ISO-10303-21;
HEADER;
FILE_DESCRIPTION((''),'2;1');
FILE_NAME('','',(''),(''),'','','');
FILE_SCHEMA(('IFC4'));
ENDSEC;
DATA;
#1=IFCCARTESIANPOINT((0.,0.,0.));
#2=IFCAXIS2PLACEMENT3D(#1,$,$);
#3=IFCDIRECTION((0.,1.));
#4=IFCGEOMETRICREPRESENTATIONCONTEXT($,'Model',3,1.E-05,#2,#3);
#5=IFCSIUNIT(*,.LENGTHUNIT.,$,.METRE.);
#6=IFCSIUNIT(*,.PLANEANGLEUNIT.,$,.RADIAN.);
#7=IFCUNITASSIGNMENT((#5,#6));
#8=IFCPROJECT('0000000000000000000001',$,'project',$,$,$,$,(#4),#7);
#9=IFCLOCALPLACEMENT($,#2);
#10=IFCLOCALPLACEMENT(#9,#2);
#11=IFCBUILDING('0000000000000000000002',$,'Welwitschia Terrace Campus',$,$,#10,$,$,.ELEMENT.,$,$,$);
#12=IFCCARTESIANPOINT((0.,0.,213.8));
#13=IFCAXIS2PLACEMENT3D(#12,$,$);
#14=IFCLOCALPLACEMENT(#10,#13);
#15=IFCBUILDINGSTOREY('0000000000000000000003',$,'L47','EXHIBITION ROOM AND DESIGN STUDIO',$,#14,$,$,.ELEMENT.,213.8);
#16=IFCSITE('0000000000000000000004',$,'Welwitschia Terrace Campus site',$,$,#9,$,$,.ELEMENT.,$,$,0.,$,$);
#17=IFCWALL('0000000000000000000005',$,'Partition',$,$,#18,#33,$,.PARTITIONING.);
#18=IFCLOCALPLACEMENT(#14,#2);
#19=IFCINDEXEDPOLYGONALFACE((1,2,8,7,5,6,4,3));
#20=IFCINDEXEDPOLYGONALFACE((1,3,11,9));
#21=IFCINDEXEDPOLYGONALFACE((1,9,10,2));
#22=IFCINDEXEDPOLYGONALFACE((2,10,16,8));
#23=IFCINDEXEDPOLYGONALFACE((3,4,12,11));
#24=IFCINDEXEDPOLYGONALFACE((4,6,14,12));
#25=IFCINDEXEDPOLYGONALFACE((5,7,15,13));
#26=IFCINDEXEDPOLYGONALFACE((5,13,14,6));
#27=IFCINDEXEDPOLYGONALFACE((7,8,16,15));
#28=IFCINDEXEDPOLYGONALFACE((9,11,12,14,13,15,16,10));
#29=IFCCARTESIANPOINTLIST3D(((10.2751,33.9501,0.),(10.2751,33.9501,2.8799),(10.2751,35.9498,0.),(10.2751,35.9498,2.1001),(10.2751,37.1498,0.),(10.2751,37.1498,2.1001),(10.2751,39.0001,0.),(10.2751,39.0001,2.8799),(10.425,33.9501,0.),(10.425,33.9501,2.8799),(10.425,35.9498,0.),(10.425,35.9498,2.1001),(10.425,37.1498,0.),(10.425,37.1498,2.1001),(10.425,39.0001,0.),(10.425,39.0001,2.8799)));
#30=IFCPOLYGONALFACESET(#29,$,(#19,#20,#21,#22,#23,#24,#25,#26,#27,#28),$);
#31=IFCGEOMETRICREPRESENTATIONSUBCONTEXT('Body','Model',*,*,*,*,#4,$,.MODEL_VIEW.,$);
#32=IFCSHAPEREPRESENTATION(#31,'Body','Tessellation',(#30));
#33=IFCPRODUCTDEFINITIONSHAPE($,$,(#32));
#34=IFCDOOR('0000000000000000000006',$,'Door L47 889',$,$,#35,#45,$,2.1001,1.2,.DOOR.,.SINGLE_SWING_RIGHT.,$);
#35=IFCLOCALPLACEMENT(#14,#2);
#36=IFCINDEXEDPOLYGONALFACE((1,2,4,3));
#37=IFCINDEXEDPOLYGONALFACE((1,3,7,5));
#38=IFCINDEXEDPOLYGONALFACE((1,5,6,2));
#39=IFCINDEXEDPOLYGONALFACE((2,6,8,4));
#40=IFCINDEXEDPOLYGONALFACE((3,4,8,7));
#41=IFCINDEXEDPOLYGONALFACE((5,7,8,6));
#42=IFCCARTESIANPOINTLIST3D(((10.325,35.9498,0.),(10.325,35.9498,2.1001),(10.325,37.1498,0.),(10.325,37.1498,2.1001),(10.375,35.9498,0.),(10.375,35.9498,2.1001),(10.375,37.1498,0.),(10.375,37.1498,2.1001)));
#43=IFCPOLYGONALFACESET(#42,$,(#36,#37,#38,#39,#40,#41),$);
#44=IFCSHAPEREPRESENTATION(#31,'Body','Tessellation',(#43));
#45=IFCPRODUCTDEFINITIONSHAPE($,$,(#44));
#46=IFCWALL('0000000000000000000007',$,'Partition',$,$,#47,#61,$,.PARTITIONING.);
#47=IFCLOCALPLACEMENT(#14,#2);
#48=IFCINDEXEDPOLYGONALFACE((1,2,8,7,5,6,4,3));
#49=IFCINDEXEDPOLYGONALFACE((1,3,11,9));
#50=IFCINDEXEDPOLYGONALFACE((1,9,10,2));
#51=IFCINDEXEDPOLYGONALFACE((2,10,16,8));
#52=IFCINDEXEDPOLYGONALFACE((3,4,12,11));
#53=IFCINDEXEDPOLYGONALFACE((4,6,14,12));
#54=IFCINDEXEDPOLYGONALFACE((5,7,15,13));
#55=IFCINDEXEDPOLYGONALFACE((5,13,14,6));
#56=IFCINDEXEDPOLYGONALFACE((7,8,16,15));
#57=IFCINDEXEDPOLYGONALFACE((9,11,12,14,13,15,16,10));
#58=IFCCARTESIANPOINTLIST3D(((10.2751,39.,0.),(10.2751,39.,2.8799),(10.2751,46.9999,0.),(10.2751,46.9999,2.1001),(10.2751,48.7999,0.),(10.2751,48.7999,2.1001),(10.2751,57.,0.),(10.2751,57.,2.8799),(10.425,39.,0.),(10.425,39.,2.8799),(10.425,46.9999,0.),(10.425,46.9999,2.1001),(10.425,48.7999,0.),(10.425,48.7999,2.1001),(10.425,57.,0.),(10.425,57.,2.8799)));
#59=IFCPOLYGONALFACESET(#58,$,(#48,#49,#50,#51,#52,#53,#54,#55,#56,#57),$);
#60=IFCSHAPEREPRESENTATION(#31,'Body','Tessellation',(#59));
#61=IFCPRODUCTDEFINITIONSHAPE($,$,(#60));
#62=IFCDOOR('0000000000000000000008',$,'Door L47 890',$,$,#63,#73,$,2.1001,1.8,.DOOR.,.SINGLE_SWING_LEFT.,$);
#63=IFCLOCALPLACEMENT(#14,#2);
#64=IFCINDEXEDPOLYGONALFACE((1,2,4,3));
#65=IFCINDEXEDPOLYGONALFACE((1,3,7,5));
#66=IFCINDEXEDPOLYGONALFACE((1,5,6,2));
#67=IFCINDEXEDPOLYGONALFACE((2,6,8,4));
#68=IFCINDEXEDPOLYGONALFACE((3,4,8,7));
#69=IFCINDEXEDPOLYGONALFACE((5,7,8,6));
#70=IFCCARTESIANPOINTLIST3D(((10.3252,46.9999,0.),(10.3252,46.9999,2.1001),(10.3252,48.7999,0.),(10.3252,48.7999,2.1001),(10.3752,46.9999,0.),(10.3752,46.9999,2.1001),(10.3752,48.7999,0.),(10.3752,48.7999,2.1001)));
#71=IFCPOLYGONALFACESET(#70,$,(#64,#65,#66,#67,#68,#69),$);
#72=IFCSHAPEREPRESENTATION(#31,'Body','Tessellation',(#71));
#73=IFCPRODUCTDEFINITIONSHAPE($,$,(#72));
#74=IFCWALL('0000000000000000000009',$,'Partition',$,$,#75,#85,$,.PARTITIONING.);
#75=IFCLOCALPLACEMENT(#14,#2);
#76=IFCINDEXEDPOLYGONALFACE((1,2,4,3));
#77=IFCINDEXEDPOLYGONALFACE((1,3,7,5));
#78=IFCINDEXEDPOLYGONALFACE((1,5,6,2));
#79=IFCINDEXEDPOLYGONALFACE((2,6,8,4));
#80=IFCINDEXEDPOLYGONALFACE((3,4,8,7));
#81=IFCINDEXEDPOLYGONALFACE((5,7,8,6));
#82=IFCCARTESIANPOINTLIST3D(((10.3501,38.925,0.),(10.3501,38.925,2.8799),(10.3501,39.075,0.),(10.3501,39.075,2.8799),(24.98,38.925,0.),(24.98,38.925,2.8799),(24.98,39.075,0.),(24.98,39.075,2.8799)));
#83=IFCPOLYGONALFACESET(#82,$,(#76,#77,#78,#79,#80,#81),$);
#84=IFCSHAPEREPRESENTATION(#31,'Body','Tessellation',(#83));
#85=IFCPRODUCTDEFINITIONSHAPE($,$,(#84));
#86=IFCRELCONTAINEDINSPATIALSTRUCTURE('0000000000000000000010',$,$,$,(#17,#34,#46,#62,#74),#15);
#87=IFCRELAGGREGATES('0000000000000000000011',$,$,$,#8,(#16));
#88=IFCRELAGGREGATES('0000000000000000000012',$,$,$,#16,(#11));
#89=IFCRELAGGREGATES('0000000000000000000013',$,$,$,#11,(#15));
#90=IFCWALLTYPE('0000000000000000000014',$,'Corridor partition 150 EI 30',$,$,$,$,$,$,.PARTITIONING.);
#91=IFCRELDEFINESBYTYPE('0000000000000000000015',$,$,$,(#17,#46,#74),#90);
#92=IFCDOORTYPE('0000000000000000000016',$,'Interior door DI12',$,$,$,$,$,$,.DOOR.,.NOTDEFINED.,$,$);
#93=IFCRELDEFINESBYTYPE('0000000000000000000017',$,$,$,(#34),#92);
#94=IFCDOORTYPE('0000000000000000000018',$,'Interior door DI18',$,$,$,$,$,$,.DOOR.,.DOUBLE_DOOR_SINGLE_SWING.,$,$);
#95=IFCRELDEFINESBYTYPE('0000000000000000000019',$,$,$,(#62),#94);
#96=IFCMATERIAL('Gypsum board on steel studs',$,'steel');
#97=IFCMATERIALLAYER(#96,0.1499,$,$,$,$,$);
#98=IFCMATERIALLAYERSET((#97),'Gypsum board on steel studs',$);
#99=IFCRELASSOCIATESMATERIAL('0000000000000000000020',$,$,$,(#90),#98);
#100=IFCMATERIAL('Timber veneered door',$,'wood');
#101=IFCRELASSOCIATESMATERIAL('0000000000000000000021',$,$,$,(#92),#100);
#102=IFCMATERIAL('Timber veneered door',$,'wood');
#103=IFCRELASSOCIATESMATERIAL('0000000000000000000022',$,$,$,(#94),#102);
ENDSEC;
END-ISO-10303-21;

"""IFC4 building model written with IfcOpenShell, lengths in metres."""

from ifc_helpers import new_model, si_unit, direction, frame, frame_2d, origin, place, context, subcontext, project, spatial, rectangle, extrude, material, layer, layer_set, type_object, element, fill, save


model = new_model("IFC4")

# Units and contexts
model_context = context("Model", 3, precision=1e-05, world=origin(), true_north=direction((0.0, 1.0)))
body_context = subcontext(model_context, "Body", "Model", "MODEL_VIEW")
ifc_project = project(units=[si_unit("LENGTHUNIT", "METRE"), si_unit("PLANEANGLEUNIT", "RADIAN")], contexts=[model_context])

# Site, building, storey
site_placement = place(None, origin())
site = spatial("IfcSite", under=ifc_project, at=site_placement, Name="Welwitschia Terrace Campus site", CompositionType="ELEMENT", RefElevation=0.0)
building_placement = place(site_placement, origin())
building = spatial("IfcBuilding", under=site, at=building_placement, Name="Welwitschia Terrace Campus", CompositionType="ELEMENT")
storey_placement = place(building_placement, frame((0.0, 0.0, 213.8)))
storey = spatial("IfcBuildingStorey", under=building, at=storey_placement, Name="L47", Description="EXHIBITION ROOM AND DESIGN STUDIO", CompositionType="ELEMENT", Elevation=213.8)

# Shared definitions
ifc_material_1 = material(Name="Gypsum board on steel studs", Category="steel")
ifc_layer_1 = layer(ifc_material_1, 0.1499)
ifc_layer_set_1 = layer_set([ifc_layer_1], Name="Gypsum board on steel studs")
wall_type = type_object("IfcWallType", Name="Corridor partition 150 EI 30", PredefinedType="PARTITIONING", material=ifc_layer_set_1)

# Walls, openings, doors
wall_1_placement = place(storey_placement, frame((10.3501, 39.0, 0.0), z_axis=(0.0, 0.0, 1.0), x_axis=(0.0, -1.0, 0.0)))
wall_1 = element("IfcWall", 1, at=wall_1_placement, inside=storey, type_object=wall_type, Name="Partition", PredefinedType="PARTITIONING", context=body_context, shape_type="SweptSolid", body=[
    extrude(rectangle(XDim=5.05, YDim=0.1499, at=frame_2d((2.5249, 0.0))), origin(), (0.0, 0.0, 1.0), 2.8799),
])
opening_1_placement = place(wall_1_placement, frame((1.8501, 0.0, 0.0)))
opening_1 = element("IfcOpeningElement", 2, at=opening_1_placement, cuts=wall_1, PredefinedType="OPENING", context=body_context, shape_type="SweptSolid", body=[
    extrude(rectangle(XDim=1.2, YDim=2.1001, at=frame_2d((0.6001, 1.05))), frame((0.0, 0.085, 0.0), z_axis=(0.0, -1.0, 0.0), x_axis=(1.0, 0.0, 0.0)), (0.0, 0.0, 1.0), 0.1699),
])
ifc_material_2 = material(Name="Timber veneered door", Category="wood")
door_type_1 = type_object("IfcDoorType", Name="Interior door DI12", OperationType="NOTDEFINED", PredefinedType="DOOR", material=ifc_material_2)
door_1_placement = place(opening_1_placement, origin())
door_1 = element("IfcDoor", 3, at=door_1_placement, inside=storey, type_object=door_type_1, Name="Door L47 889", OperationType="SINGLE_SWING_RIGHT", OverallHeight=2.1001, OverallWidth=1.2, PredefinedType="DOOR", context=body_context, shape_type="SweptSolid", body=[
    extrude(rectangle(XDim=1.2, YDim=2.1001, at=frame_2d((0.6001, 1.05))), frame((0.0, 0.0249, 0.0), z_axis=(0.0, -1.0, 0.0), x_axis=(1.0, 0.0, 0.0)), (0.0, 0.0, 1.0), 0.05),
])
fill(opening_1, door_1)
wall_2_placement = place(storey_placement, frame((10.3501, 39.0, 0.0), z_axis=(0.0, 0.0, 1.0), x_axis=(0.0, 1.0, 0.0)))
wall_2 = element("IfcWall", 4, at=wall_2_placement, inside=storey, type_object=wall_type, Name="Partition", PredefinedType="PARTITIONING", context=body_context, shape_type="SweptSolid", body=[
    extrude(rectangle(XDim=18.0, YDim=0.1499, at=frame_2d((9.0, 0.0))), origin(), (0.0, 0.0, 1.0), 2.8799),
])
opening_2_placement = place(wall_2_placement, frame((8.0, 0.0, 0.0)))
opening_2 = element("IfcOpeningElement", 5, at=opening_2_placement, cuts=wall_2, PredefinedType="OPENING", context=body_context, shape_type="SweptSolid", body=[
    extrude(rectangle(XDim=1.8, YDim=2.1001, at=frame_2d((0.8999, 1.05))), frame((0.0, 0.085, 0.0), z_axis=(0.0, -1.0, 0.0), x_axis=(1.0, 0.0, 0.0)), (0.0, 0.0, 1.0), 0.1699),
])
ifc_material_3 = material(Name="Timber veneered door", Category="wood")
door_type_2 = type_object("IfcDoorType", Name="Interior door DI18", OperationType="DOUBLE_DOOR_SINGLE_SWING", PredefinedType="DOOR", material=ifc_material_3)
door_2_placement = place(opening_2_placement, origin())
door_2 = element("IfcDoor", 6, at=door_2_placement, inside=storey, type_object=door_type_2, Name="Door L47 890", OperationType="SINGLE_SWING_LEFT", OverallHeight=2.1001, OverallWidth=1.8, PredefinedType="DOOR", context=body_context, shape_type="SweptSolid", body=[
    extrude(rectangle(XDim=1.8, YDim=2.1001, at=frame_2d((0.8999, 1.05))), frame((0.0, 0.0249, 0.0), z_axis=(0.0, -1.0, 0.0), x_axis=(1.0, 0.0, 0.0)), (0.0, 0.0, 1.0), 0.05),
])
fill(opening_2, door_2)

# Wall
wall_3_placement = place(storey_placement, frame((10.3501, 39.0, 0.0), z_axis=(0.0, 0.0, 1.0), x_axis=(1.0, 0.0, 0.0)))
element("IfcWall", 7, at=wall_3_placement, inside=storey, type_object=wall_type, Name="Partition", PredefinedType="PARTITIONING", context=body_context, shape_type="SweptSolid", body=[
    extrude(rectangle(XDim=14.6299, YDim=0.1499, at=frame_2d((7.3149, 0.0))), origin(), (0.0, 0.0, 1.0), 2.8799),
])

save(model, "model.ifc")
